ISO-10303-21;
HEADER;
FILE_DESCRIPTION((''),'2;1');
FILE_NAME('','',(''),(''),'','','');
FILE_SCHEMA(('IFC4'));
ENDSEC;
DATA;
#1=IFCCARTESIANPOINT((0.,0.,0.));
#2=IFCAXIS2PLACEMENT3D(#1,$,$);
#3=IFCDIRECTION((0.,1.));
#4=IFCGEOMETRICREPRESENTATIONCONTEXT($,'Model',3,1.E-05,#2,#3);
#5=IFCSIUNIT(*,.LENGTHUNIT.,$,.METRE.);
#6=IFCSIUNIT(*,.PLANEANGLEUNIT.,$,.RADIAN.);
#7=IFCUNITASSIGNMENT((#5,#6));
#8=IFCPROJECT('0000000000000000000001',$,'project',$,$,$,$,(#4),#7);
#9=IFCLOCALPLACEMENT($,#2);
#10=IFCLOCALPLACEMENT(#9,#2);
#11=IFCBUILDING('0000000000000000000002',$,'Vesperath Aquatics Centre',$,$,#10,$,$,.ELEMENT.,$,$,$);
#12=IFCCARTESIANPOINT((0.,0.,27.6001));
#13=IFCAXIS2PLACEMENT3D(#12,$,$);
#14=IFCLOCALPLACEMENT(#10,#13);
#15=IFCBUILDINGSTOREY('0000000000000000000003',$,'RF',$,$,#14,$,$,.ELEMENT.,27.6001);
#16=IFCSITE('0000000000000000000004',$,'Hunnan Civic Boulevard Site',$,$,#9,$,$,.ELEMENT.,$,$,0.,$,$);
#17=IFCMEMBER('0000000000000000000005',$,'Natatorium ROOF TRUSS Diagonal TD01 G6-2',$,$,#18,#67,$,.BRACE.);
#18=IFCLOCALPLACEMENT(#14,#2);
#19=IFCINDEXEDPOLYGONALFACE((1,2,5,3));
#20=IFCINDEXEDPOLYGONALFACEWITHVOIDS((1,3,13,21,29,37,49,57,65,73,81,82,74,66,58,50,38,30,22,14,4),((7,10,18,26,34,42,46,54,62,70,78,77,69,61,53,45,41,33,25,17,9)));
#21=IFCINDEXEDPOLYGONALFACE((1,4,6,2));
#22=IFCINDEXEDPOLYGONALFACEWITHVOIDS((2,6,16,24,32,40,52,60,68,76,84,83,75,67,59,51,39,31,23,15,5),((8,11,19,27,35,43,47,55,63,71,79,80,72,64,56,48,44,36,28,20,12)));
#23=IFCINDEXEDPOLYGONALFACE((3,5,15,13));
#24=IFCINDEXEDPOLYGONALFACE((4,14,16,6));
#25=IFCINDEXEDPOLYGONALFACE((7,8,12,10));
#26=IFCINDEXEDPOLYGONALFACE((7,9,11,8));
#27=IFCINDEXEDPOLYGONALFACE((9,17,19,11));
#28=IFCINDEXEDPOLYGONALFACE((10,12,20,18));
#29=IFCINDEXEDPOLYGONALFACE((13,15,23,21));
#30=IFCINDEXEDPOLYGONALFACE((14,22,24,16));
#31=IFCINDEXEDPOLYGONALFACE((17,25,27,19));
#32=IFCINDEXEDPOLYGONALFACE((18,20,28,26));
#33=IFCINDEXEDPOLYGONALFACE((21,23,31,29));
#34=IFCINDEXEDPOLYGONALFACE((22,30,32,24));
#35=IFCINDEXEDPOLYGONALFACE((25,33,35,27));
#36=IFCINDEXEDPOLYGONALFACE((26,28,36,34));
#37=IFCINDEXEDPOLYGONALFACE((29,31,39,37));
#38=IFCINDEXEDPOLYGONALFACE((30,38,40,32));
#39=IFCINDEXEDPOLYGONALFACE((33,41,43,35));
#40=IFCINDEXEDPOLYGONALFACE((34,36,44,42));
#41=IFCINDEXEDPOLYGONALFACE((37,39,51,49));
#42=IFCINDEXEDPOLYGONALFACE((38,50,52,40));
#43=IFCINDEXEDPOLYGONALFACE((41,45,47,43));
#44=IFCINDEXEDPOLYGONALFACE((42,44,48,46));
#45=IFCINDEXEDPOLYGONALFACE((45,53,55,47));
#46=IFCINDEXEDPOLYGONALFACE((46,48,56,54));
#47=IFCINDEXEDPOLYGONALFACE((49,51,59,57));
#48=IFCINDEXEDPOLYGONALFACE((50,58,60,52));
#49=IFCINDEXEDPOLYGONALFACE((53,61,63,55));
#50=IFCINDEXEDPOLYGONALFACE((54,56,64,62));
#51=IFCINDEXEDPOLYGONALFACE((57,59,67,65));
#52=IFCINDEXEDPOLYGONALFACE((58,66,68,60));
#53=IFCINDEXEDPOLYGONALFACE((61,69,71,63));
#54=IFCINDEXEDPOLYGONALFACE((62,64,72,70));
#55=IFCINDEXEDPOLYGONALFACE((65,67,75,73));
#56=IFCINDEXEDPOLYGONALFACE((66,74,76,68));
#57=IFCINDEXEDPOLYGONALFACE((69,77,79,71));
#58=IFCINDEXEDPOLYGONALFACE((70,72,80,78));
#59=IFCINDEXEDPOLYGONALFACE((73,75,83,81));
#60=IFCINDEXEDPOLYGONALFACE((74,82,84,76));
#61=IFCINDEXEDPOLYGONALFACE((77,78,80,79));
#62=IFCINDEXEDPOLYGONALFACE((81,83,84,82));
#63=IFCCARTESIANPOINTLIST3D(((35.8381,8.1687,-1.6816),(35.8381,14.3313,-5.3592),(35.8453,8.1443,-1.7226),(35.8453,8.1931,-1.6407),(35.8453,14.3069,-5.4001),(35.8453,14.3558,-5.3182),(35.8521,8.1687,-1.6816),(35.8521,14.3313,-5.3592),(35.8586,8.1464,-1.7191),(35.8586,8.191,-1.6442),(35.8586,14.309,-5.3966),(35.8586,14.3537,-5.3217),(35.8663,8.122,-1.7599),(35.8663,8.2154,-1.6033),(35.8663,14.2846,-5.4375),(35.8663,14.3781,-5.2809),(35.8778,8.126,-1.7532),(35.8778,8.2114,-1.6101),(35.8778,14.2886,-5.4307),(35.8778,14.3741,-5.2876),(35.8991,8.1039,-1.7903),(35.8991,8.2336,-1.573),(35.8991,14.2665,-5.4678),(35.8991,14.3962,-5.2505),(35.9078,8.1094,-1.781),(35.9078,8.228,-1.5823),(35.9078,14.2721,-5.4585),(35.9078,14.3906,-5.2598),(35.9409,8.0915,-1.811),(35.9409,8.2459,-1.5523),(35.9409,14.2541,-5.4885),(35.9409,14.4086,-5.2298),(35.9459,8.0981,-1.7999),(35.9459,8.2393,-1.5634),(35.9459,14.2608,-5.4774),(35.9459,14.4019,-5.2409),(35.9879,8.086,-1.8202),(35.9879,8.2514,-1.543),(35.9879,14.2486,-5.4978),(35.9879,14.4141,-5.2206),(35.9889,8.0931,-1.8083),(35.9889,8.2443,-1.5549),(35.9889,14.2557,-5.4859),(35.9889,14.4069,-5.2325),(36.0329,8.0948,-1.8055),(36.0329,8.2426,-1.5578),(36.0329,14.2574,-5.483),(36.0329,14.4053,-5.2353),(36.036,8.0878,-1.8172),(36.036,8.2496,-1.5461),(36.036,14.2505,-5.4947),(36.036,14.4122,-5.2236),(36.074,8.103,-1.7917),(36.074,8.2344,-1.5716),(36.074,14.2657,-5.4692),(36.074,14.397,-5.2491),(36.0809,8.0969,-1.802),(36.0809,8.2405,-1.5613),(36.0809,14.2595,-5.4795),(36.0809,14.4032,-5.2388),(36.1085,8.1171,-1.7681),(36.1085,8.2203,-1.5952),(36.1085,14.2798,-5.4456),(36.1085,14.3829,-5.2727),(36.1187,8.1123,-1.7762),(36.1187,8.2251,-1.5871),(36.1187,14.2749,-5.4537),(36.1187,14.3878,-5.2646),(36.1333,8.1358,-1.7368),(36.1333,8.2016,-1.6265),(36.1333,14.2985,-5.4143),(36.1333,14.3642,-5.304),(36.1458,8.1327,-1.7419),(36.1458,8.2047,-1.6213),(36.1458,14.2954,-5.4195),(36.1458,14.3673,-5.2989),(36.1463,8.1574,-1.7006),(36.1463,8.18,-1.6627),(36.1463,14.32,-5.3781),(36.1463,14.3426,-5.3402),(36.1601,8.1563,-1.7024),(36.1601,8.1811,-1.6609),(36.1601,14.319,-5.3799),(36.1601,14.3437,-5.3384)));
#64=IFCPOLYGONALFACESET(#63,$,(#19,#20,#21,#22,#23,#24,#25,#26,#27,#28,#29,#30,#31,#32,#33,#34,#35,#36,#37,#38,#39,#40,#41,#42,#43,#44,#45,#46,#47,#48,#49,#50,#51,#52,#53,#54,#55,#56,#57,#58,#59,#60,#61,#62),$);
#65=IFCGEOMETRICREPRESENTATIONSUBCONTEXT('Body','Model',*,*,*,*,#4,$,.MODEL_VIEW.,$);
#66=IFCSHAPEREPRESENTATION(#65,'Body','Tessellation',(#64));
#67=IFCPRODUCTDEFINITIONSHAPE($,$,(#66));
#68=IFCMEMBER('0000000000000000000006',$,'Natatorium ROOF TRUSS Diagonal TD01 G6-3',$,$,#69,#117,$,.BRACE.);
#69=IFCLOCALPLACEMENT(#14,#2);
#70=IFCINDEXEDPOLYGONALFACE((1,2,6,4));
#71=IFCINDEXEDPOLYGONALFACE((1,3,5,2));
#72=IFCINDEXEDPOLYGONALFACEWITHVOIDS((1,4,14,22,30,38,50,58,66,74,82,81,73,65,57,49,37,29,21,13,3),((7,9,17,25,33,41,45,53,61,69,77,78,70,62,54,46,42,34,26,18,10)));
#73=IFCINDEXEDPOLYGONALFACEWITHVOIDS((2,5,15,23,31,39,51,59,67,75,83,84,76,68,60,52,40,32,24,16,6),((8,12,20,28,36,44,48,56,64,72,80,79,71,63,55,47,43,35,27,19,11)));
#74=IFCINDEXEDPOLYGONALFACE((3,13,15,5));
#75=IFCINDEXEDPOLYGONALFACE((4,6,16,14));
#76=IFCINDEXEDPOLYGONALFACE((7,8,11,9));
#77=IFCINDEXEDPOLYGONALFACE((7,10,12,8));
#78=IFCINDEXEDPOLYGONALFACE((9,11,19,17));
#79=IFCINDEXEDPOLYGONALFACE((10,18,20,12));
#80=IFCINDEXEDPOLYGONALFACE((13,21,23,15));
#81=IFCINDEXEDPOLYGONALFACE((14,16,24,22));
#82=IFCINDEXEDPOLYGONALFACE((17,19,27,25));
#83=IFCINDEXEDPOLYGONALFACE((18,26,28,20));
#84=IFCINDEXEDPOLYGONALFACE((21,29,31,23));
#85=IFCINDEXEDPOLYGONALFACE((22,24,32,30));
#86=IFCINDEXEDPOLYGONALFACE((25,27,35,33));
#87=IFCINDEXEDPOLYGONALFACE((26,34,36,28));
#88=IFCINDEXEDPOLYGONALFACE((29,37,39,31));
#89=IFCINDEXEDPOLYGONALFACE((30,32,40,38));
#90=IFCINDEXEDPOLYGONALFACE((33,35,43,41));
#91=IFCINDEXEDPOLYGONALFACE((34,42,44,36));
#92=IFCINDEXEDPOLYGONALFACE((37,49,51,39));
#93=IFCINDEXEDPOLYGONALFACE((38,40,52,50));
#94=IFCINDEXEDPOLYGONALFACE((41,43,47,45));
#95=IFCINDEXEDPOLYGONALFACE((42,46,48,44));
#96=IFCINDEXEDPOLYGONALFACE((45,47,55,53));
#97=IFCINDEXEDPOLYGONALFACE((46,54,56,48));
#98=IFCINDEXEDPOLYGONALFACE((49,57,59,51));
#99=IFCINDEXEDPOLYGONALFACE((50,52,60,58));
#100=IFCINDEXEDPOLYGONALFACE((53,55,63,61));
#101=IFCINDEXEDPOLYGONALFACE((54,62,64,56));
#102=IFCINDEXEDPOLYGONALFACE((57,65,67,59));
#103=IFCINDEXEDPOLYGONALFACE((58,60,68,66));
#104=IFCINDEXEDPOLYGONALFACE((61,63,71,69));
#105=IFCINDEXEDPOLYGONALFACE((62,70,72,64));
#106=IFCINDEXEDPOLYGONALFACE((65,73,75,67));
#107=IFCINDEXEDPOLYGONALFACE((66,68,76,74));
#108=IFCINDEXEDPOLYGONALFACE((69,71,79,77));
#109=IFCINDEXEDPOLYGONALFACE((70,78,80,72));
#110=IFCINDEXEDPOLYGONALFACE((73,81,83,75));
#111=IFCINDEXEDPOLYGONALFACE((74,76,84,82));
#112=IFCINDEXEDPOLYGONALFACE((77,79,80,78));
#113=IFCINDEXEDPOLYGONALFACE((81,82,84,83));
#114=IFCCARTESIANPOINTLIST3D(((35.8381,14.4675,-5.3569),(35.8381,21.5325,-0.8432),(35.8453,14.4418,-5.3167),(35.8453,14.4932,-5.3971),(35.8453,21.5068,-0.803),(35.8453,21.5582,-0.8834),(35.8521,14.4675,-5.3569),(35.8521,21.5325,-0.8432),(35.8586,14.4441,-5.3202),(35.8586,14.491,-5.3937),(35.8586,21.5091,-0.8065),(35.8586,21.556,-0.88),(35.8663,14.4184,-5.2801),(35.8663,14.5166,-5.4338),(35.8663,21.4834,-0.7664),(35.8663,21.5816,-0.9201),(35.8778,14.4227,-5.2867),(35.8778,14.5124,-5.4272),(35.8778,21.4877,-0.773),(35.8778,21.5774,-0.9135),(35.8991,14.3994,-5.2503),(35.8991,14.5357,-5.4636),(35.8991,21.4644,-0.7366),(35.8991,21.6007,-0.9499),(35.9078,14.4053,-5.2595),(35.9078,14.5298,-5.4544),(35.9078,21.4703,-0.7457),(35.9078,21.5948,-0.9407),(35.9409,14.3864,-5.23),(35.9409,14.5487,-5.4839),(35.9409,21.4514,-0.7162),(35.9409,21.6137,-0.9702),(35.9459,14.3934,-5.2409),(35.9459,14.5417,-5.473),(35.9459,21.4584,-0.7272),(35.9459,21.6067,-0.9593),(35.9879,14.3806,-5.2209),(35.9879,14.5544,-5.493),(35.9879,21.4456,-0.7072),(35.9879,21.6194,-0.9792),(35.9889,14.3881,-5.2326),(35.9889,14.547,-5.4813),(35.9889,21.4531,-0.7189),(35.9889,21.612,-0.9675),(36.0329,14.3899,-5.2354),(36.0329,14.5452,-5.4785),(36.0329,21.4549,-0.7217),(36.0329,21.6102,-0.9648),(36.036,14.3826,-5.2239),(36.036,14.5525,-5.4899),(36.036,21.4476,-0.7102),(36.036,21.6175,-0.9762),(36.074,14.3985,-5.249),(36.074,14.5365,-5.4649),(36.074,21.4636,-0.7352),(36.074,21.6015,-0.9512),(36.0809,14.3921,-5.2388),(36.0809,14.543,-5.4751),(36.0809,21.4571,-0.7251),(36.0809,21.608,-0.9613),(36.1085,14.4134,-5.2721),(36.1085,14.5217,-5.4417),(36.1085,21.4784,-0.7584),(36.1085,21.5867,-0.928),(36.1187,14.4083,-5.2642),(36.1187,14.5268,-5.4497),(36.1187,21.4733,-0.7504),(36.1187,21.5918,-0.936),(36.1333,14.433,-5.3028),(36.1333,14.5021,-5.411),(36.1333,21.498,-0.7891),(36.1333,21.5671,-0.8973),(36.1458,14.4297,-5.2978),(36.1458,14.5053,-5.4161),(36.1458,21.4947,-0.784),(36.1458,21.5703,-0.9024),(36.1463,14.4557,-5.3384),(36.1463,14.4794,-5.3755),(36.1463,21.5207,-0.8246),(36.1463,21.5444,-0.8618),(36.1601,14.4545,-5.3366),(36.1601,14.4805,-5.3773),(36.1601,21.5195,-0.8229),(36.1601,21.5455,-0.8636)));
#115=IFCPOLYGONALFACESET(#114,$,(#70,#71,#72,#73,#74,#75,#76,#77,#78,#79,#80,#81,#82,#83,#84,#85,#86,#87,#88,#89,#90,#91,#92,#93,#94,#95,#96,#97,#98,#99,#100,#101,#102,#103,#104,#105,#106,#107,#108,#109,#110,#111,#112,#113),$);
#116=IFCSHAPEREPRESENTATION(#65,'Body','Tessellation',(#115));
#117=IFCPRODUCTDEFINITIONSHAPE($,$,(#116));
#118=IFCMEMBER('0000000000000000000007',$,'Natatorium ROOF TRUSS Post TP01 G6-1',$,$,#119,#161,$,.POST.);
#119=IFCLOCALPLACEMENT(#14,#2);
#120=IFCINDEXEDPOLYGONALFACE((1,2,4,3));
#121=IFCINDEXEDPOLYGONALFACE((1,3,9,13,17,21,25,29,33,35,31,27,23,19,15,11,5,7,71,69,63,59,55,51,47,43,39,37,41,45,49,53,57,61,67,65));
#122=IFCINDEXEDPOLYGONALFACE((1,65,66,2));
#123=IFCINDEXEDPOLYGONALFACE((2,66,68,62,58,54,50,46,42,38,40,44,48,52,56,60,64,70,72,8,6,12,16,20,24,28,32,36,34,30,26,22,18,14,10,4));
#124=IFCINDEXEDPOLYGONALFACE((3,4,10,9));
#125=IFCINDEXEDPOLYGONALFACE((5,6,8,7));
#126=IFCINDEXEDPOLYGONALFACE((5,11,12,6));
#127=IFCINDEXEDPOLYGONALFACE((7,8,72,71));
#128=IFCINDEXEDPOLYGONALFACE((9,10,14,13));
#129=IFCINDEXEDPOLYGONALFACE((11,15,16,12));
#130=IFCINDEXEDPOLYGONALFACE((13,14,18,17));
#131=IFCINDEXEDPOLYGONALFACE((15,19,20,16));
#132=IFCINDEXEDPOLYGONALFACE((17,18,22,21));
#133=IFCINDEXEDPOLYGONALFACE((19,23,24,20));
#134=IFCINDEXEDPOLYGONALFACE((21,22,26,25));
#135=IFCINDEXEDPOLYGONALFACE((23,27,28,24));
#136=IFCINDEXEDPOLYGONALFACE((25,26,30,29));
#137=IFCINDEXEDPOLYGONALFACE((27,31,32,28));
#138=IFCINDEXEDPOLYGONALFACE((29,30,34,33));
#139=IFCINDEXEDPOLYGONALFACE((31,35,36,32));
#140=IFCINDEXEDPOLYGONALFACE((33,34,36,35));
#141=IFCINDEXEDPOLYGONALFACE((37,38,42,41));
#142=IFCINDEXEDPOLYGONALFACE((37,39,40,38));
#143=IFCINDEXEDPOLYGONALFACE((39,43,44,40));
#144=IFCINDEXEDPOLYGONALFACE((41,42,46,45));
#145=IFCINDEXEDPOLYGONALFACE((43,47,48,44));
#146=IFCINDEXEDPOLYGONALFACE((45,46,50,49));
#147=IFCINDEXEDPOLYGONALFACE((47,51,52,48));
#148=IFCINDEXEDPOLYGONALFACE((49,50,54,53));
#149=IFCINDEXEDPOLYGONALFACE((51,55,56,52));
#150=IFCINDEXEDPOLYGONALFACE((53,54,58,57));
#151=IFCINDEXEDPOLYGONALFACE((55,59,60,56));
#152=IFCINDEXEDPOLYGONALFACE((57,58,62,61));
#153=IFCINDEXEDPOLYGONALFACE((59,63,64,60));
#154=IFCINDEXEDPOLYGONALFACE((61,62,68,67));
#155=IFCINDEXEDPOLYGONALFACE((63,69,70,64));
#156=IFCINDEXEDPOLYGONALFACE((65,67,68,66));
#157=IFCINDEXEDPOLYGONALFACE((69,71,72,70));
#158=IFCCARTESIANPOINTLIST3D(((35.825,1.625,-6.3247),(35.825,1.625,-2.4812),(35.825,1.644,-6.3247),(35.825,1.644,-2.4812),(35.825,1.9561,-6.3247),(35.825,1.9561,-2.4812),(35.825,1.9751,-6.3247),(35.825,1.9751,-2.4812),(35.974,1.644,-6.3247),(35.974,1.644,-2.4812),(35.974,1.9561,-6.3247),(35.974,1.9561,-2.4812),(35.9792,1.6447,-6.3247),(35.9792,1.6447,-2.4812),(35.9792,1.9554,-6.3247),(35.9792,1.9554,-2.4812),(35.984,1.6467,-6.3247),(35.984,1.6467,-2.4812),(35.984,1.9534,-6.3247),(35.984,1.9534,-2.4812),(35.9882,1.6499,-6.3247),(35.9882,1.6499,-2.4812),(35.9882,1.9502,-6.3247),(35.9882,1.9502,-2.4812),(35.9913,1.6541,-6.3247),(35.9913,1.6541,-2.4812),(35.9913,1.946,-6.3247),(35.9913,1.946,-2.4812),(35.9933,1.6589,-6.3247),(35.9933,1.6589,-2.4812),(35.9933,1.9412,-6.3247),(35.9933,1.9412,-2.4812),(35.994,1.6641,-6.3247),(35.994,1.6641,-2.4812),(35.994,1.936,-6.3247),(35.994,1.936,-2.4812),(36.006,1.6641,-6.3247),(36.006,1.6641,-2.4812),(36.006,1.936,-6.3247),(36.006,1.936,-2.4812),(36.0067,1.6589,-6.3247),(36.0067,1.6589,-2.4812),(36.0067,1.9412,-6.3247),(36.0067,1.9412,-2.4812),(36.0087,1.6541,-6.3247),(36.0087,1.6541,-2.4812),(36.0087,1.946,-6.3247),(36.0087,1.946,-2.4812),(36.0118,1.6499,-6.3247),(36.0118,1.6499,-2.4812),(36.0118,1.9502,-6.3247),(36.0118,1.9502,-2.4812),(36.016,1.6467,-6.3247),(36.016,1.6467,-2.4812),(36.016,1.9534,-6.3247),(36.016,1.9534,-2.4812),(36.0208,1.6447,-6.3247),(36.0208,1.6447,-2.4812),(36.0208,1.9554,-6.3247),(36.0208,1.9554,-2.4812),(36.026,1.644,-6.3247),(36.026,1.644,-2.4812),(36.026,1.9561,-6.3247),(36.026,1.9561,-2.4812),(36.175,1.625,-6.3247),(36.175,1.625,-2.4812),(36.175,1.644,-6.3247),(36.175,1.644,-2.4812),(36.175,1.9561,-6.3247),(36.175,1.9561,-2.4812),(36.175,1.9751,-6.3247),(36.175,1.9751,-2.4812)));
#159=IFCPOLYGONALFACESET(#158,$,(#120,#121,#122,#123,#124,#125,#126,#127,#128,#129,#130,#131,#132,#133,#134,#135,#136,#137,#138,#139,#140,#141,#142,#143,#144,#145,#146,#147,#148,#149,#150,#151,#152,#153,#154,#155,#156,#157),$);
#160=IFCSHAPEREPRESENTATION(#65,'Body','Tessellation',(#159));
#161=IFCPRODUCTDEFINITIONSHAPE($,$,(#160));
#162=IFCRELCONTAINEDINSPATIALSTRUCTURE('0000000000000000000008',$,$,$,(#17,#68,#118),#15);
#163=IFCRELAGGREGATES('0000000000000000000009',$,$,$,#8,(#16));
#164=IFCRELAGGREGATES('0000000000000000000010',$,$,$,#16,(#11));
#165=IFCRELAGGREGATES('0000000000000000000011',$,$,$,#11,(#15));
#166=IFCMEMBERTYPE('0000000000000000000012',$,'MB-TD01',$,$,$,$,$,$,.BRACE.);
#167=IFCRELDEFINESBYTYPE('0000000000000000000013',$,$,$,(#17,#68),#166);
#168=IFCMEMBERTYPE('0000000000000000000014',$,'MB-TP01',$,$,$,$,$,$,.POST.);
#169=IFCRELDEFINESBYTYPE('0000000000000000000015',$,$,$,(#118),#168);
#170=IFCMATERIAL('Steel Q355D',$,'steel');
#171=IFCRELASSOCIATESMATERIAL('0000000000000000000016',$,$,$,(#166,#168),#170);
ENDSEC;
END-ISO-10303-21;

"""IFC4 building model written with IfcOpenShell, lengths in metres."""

from ifc_helpers import new_model, si_unit, direction, frame, origin, origin_2d, place, context, subcontext, project, spatial, hollow_circle, i_section, extrude, material, material_profile, profile_set, type_object, element, save


model = new_model("IFC4")

# Units and contexts
model_context = context("Model", 3, precision=1e-05, world=origin(), true_north=direction((0.0, 1.0)))
body_context = subcontext(model_context, "Body", "Model", "MODEL_VIEW")
ifc_project = project(units=[si_unit("LENGTHUNIT", "METRE"), si_unit("PLANEANGLEUNIT", "RADIAN")], contexts=[model_context])

# Site, building, storey
site_placement = place(None, origin())
site = spatial("IfcSite", under=ifc_project, at=site_placement, Name="Hunnan Civic Boulevard Site", CompositionType="ELEMENT", RefElevation=0.0)
building_placement = place(site_placement, origin())
building = spatial("IfcBuilding", under=site, at=building_placement, Name="Vesperath Aquatics Centre", CompositionType="ELEMENT")
storey_placement = place(building_placement, frame((0.0, 0.0, 27.6001)))
storey = spatial("IfcBuildingStorey", under=building, at=storey_placement, Name="RF", CompositionType="ELEMENT", Elevation=27.6001)

# Members
ifc_material_1 = material(Name="Steel Q355D", Category="steel")
ifc_material_profile_1 = material_profile(ifc_material_1, hollow_circle(Radius=0.1619, WallThickness=0.0139, at=origin_2d()), Name="CHS 323.9x14")
ifc_profile_set_1 = profile_set([ifc_material_profile_1], Name="Steel Q355D")
member_type_1 = type_object("IfcMemberType", Name="MB-TD01", PredefinedType="BRACE", material=ifc_profile_set_1)
member_1_placement = place(storey_placement, frame((36.0, 8.1687, -1.6816), z_axis=(0.0, 0.858724, -0.512438), x_axis=(-1.0, 0.0, 0.0)))
element("IfcMember", 1, at=member_1_placement, inside=storey, type_object=member_type_1, Name="Natatorium ROOF TRUSS Diagonal TD01 G6-2", PredefinedType="BRACE", context=body_context, shape_type="SweptSolid", body=[
    extrude(hollow_circle(Radius=0.1619, WallThickness=0.0139, at=origin_2d()), origin(), (0.0, 0.0, 1.0), 7.1765),
])
member_2_placement = place(storey_placement, frame((36.0, 14.4675, -5.3569), z_axis=(0.0, 0.842698, 0.538386), x_axis=(-1.0, 0.0, 0.0)))
element("IfcMember", 2, at=member_2_placement, inside=storey, type_object=member_type_1, Name="Natatorium ROOF TRUSS Diagonal TD01 G6-3", PredefinedType="BRACE", context=body_context, shape_type="SweptSolid", body=[
    extrude(hollow_circle(Radius=0.1619, WallThickness=0.0139, at=origin_2d()), origin(), (0.0, 0.0, 1.0), 8.3838),
])
ifc_material_profile_2 = material_profile(ifc_material_1, i_section(OverallWidth=0.3501, OverallDepth=0.3501, WebThickness=0.012, FlangeThickness=0.019, FilletRadius=0.02, at=origin_2d()), Name="HW 350x350x12x19")
ifc_profile_set_2 = profile_set([ifc_material_profile_2], Name="Steel Q355D")
member_type_2 = type_object("IfcMemberType", Name="MB-TP01", PredefinedType="POST", material=ifc_profile_set_2)
member_3_placement = place(storey_placement, frame((36.0, 1.8, -6.3247), z_axis=(0.0, 0.0, 1.0), x_axis=(1.0, 0.0, 0.0)))
element("IfcMember", 3, at=member_3_placement, inside=storey, type_object=member_type_2, Name="Natatorium ROOF TRUSS Post TP01 G6-1", PredefinedType="POST", context=body_context, shape_type="SweptSolid", body=[
    extrude(i_section(OverallWidth=0.3501, OverallDepth=0.3501, WebThickness=0.012, FlangeThickness=0.019, FilletRadius=0.02, at=origin_2d()), origin(), (0.0, 0.0, 1.0), 3.8435),
])

save(model, "model.ifc")
